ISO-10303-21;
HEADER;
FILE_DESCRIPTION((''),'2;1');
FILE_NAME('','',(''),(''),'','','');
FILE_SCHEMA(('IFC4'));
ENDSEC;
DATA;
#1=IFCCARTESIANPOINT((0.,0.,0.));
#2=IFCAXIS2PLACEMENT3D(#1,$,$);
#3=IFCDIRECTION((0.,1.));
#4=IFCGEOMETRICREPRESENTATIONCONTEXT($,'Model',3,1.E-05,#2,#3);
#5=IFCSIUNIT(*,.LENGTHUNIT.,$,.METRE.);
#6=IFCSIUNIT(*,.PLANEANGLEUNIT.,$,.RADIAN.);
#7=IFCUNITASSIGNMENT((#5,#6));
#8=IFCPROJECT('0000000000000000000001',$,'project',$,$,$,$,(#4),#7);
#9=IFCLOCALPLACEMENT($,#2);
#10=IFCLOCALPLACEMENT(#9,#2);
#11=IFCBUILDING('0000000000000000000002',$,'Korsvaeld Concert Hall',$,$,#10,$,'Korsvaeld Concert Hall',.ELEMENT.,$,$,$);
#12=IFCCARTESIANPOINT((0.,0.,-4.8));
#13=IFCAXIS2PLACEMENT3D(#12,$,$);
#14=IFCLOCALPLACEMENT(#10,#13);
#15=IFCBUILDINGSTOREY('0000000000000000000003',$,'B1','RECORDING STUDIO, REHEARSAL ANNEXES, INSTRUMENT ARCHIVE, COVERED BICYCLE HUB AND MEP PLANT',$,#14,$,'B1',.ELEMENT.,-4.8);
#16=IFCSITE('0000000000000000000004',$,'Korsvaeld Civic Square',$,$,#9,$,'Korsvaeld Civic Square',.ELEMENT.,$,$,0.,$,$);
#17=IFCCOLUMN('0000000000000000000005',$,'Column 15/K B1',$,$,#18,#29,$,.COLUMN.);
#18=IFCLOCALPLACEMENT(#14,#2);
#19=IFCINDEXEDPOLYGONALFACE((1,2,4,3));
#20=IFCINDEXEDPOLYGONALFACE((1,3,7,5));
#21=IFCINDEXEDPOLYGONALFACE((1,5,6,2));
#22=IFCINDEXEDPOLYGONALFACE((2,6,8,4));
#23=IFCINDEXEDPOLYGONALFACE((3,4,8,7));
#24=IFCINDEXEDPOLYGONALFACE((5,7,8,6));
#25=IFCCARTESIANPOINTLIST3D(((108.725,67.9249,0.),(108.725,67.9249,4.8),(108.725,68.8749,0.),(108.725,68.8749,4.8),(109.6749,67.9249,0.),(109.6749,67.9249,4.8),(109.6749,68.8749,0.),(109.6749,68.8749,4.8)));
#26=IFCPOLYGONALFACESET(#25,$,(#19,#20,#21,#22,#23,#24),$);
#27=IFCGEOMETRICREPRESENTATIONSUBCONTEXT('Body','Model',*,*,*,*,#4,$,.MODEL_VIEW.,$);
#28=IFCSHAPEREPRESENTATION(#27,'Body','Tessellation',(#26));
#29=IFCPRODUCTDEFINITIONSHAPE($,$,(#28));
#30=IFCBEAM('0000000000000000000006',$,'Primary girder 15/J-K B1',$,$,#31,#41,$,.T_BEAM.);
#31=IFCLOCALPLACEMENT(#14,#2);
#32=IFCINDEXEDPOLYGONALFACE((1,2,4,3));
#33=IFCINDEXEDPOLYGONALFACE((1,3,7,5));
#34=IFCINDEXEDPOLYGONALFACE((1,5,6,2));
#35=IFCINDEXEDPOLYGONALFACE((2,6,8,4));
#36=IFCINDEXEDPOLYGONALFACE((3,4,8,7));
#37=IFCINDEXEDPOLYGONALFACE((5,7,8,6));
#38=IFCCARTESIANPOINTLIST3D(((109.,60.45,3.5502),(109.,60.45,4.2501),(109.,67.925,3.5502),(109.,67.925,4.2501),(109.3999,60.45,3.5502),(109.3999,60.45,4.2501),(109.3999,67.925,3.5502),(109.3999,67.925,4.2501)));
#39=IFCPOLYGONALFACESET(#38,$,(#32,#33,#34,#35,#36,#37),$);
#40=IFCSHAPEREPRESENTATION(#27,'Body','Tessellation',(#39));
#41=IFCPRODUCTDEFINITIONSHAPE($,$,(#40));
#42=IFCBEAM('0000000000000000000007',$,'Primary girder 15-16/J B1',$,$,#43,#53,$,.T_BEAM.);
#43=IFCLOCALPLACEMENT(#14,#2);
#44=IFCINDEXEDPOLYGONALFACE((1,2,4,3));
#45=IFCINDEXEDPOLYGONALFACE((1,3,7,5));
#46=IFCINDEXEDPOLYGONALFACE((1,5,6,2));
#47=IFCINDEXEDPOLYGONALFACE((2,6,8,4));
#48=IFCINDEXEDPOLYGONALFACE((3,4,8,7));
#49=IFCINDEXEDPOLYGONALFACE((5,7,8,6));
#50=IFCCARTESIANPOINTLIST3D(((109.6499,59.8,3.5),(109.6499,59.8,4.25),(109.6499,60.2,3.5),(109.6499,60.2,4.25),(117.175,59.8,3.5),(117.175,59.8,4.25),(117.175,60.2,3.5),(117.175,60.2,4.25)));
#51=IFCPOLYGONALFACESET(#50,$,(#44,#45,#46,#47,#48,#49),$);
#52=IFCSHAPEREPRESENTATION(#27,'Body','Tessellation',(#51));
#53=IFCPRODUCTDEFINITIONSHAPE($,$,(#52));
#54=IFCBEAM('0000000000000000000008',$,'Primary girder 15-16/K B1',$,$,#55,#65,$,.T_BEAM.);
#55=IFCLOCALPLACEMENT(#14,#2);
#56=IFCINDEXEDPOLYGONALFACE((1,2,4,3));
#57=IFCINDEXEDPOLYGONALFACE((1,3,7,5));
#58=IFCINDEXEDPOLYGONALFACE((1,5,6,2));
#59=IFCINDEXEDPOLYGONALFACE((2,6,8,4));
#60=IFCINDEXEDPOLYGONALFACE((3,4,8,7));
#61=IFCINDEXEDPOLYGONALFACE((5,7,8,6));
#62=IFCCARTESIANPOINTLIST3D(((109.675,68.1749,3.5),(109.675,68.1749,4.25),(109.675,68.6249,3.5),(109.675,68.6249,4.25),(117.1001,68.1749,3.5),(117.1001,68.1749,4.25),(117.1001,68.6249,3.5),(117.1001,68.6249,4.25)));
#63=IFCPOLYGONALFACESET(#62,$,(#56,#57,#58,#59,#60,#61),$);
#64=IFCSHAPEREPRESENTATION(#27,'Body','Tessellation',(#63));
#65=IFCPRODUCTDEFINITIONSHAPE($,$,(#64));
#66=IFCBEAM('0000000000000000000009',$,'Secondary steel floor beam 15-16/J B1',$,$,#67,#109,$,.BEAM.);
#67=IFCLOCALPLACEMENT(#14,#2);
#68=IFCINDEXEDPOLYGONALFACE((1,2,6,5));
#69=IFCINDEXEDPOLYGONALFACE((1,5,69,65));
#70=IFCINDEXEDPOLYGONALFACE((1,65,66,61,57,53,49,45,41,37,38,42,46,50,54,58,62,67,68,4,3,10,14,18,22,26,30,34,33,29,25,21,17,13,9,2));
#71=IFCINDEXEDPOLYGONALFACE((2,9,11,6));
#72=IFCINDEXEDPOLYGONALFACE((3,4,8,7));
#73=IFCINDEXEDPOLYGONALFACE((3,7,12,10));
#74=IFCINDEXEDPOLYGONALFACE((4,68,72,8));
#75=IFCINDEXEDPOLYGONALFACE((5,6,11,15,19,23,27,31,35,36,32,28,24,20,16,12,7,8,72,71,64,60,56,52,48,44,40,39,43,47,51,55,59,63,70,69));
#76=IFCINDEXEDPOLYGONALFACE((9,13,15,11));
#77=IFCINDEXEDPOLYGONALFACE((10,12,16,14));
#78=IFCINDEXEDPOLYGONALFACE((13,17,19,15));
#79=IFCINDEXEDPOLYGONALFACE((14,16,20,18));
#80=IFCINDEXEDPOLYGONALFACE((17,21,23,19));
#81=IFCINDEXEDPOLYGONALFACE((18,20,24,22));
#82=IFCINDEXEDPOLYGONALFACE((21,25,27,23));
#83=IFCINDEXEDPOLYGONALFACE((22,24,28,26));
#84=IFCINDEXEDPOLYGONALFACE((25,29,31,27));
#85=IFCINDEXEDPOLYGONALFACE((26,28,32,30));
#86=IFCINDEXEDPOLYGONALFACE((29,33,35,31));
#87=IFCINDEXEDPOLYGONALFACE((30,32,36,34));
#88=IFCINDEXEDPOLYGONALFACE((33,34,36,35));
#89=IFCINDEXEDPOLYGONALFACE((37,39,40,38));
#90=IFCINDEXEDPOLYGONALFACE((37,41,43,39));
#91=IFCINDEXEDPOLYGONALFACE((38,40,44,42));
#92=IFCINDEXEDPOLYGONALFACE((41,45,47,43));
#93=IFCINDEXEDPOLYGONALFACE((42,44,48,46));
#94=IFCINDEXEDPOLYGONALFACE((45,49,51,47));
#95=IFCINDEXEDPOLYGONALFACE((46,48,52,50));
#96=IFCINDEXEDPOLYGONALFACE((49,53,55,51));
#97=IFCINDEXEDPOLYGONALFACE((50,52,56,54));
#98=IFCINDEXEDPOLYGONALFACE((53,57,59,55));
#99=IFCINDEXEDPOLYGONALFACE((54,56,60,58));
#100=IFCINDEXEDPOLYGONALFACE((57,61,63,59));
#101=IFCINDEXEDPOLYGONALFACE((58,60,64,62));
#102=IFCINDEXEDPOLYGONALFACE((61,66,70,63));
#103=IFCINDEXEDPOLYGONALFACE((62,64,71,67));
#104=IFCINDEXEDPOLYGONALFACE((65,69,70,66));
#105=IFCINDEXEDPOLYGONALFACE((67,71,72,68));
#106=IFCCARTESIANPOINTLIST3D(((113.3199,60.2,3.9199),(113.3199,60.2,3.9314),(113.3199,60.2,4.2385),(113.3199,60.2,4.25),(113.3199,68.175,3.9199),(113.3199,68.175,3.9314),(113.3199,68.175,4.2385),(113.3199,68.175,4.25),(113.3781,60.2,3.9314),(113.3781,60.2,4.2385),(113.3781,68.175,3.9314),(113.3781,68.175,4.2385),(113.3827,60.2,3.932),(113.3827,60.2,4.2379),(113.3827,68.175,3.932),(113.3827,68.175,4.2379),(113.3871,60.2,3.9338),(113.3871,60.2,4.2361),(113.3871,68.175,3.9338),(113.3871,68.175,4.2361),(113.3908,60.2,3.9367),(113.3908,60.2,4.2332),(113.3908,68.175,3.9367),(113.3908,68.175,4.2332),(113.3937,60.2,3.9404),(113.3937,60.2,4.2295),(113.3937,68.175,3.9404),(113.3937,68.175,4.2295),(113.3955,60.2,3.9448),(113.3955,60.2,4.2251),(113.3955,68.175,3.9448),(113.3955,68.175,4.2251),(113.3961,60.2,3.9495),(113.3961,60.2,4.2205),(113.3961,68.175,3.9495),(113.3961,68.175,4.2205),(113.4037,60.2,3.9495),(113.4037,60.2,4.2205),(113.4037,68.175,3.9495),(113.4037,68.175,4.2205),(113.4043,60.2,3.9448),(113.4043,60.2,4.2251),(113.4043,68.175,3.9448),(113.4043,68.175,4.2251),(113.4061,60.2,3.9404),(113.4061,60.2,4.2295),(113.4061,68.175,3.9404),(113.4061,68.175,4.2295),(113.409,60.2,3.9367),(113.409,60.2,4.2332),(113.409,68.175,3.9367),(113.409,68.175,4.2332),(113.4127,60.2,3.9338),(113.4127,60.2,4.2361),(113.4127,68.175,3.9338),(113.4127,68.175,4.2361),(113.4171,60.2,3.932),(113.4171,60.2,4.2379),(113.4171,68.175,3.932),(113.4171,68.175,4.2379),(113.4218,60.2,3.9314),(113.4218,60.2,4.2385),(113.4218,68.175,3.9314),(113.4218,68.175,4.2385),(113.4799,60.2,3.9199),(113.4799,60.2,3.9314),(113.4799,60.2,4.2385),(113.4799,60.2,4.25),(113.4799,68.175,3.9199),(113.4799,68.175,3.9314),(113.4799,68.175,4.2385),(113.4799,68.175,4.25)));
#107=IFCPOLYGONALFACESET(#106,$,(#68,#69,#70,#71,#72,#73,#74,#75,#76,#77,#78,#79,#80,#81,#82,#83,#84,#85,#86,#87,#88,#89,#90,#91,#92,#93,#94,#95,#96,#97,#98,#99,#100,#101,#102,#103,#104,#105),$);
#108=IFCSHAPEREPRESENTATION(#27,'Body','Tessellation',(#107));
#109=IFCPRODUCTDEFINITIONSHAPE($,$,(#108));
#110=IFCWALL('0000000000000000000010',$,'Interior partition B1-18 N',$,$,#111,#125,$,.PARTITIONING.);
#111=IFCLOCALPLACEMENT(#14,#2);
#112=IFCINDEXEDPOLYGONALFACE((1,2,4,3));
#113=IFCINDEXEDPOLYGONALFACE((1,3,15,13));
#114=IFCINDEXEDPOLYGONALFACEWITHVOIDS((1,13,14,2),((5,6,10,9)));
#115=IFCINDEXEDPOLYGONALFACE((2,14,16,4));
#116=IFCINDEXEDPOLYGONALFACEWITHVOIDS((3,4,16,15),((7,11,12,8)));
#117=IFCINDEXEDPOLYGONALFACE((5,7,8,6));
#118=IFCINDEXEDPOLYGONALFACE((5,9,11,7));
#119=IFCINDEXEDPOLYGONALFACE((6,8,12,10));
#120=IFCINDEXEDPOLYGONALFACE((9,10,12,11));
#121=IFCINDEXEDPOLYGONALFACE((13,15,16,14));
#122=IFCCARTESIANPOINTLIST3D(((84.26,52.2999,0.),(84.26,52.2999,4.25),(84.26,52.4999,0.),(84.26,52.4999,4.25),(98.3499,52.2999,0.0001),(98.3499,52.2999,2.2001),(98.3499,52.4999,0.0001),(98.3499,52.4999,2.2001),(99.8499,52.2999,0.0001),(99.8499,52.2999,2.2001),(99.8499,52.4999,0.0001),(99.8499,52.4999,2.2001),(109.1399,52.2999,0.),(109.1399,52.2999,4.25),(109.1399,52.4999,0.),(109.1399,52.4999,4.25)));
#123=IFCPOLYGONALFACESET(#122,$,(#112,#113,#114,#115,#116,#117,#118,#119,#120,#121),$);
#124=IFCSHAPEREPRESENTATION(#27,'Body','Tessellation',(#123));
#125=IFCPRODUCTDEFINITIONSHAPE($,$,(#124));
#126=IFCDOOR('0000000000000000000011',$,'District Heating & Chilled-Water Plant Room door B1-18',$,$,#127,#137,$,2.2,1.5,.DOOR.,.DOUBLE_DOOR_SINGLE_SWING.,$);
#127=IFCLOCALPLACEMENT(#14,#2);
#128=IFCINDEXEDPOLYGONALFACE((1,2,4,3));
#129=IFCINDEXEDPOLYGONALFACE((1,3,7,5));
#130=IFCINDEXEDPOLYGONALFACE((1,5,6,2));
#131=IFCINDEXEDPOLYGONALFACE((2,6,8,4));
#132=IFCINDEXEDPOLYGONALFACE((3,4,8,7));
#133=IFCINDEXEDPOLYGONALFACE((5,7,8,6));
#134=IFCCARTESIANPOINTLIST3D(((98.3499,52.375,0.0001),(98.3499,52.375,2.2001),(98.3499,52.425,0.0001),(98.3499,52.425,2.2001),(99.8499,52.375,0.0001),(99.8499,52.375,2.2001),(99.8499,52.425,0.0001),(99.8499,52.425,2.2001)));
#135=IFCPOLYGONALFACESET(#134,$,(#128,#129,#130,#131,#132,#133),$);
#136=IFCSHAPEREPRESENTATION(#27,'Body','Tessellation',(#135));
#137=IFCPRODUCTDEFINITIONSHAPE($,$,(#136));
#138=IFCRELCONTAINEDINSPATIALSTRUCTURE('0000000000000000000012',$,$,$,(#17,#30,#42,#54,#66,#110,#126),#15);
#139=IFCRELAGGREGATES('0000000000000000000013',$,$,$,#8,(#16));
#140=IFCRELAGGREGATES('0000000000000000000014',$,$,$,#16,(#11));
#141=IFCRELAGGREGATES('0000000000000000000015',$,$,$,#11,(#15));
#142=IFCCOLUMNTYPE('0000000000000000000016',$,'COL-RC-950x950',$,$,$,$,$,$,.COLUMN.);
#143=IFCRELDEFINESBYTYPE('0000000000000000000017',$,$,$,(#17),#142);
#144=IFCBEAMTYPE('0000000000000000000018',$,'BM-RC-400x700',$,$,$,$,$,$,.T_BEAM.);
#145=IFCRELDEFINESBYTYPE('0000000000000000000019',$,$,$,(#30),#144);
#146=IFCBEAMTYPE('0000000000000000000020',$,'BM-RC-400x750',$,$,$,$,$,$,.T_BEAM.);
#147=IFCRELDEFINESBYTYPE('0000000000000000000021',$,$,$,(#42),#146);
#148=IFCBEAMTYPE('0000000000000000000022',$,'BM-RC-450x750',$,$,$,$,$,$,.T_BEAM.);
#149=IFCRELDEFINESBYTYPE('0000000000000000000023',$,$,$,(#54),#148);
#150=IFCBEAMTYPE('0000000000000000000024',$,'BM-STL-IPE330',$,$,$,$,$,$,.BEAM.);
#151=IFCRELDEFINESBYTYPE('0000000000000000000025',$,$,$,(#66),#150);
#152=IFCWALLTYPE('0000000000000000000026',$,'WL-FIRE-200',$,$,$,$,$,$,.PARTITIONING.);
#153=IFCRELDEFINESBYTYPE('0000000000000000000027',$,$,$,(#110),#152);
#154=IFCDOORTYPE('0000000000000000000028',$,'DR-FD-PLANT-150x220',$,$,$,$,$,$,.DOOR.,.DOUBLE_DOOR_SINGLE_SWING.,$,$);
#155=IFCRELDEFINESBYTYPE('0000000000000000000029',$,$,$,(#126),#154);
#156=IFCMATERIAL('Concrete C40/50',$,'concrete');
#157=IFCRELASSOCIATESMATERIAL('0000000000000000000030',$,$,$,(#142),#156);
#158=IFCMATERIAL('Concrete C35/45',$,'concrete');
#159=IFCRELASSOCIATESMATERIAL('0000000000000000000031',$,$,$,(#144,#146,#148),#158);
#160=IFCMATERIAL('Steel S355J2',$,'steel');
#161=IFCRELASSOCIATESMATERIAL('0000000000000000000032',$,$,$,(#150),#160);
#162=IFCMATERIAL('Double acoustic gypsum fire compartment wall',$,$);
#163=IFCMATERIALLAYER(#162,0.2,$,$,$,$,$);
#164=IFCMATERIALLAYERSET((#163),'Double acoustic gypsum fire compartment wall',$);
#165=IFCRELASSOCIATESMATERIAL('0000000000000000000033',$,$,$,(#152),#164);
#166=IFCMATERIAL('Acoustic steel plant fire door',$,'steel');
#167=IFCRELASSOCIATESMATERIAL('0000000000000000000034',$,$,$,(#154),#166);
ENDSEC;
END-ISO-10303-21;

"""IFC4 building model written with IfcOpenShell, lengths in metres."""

from ifc_helpers import new_model, si_unit, direction, frame, frame_2d, origin, origin_2d, place, context, subcontext, project, spatial, rectangle, i_section, extrude, material, layer, layer_set, material_profile, profile_set, type_object, element, fill, save


model = new_model("IFC4")

# Units and contexts
model_context = context("Model", 3, precision=1e-05, world=origin(), true_north=direction((0.0, 1.0)))
body_context = subcontext(model_context, "Body", "Model", "MODEL_VIEW")
ifc_project = project(units=[si_unit("LENGTHUNIT", "METRE"), si_unit("PLANEANGLEUNIT", "RADIAN")], contexts=[model_context])

# Site, building, storey
site_placement = place(None, origin())
site = spatial("IfcSite", under=ifc_project, at=site_placement, Name="Korsvaeld Civic Square", LongName="Korsvaeld Civic Square", CompositionType="ELEMENT", RefElevation=0.0)
building_placement = place(site_placement, origin())
building = spatial("IfcBuilding", under=site, at=building_placement, Name="Korsvaeld Concert Hall", LongName="Korsvaeld Concert Hall", CompositionType="ELEMENT")
storey_placement = place(building_placement, frame((0.0, 0.0, -4.8)))
storey = spatial("IfcBuildingStorey", under=building, at=storey_placement, Name="B1", Description="RECORDING STUDIO, REHEARSAL ANNEXES, INSTRUMENT ARCHIVE, COVERED BICYCLE HUB AND MEP PLANT", LongName="B1", CompositionType="ELEMENT", Elevation=-4.8)

# Shared definitions
ifc_material_1 = material(Name="Concrete C35/45", Category="concrete")

# Shared definitions
ifc_material_2 = material(Name="Concrete C40/50", Category="concrete")

# Column
ifc_material_profile_1 = material_profile(ifc_material_2, rectangle(XDim=0.95, YDim=0.95, at=origin_2d()), Name="RC 950x950")
ifc_profile_set_1 = profile_set([ifc_material_profile_1], Name="Concrete C40/50")
column_type_1 = type_object("IfcColumnType", Name="COL-RC-950x950", PredefinedType="COLUMN", material=ifc_profile_set_1)
column_1_placement = place(storey_placement, frame((109.2, 68.3999, 0.0), z_axis=(0.0, 0.0, 1.0), x_axis=(1.0, 0.0, 0.0)))
element("IfcColumn", 1, at=column_1_placement, inside=storey, type_object=column_type_1, Name="Column 15/K B1", PredefinedType="COLUMN", context=body_context, shape_type="SweptSolid", body=[
    extrude(rectangle(XDim=0.95, YDim=0.95, at=origin_2d()), origin(), (0.0, 0.0, 1.0), 4.8),
])

# Beams
ifc_material_profile_2 = material_profile(ifc_material_1, rectangle(XDim=0.3999, YDim=0.7, at=origin_2d()), Name="RC 400x700")
ifc_profile_set_2 = profile_set([ifc_material_profile_2], Name="Concrete C35/45")
beam_type_1 = type_object("IfcBeamType", Name="BM-RC-400x700", PredefinedType="T_BEAM", material=ifc_profile_set_2)
beam_1_placement = place(storey_placement, frame((109.2, 60.45, 3.9001), z_axis=(0.0, 1.0, 0.0), x_axis=(-1.0, 0.0, 0.0)))
element("IfcBeam", 2, at=beam_1_placement, inside=storey, type_object=beam_type_1, Name="Primary girder 15/J-K B1", PredefinedType="T_BEAM", context=body_context, shape_type="SweptSolid", body=[
    extrude(rectangle(XDim=0.3999, YDim=0.7, at=origin_2d()), origin(), (0.0, 0.0, 1.0), 7.4751),
])
ifc_material_profile_3 = material_profile(ifc_material_1, rectangle(XDim=0.3999, YDim=0.75, at=origin_2d()), Name="RC 400x750")
ifc_profile_set_3 = profile_set([ifc_material_profile_3], Name="Concrete C35/45")
beam_type_2 = type_object("IfcBeamType", Name="BM-RC-400x750", PredefinedType="T_BEAM", material=ifc_profile_set_3)
beam_2_placement = place(storey_placement, frame((109.6499, 60.0, 3.875), z_axis=(1.0, 0.0, 0.0), x_axis=(0.0, 1.0, 0.0)))
element("IfcBeam", 3, at=beam_2_placement, inside=storey, type_object=beam_type_2, Name="Primary girder 15-16/J B1", PredefinedType="T_BEAM", context=body_context, shape_type="SweptSolid", body=[
    extrude(rectangle(XDim=0.3999, YDim=0.75, at=origin_2d()), origin(), (0.0, 0.0, 1.0), 7.5251),
])
ifc_material_profile_4 = material_profile(ifc_material_1, rectangle(XDim=0.45, YDim=0.75, at=origin_2d()), Name="RC 450x750")
ifc_profile_set_4 = profile_set([ifc_material_profile_4], Name="Concrete C35/45")
beam_type_3 = type_object("IfcBeamType", Name="BM-RC-450x750", PredefinedType="T_BEAM", material=ifc_profile_set_4)
beam_3_placement = place(storey_placement, frame((109.675, 68.3999, 3.875), z_axis=(1.0, 0.0, 0.0), x_axis=(0.0, 1.0, 0.0)))
element("IfcBeam", 4, at=beam_3_placement, inside=storey, type_object=beam_type_3, Name="Primary girder 15-16/K B1", PredefinedType="T_BEAM", context=body_context, shape_type="SweptSolid", body=[
    extrude(rectangle(XDim=0.45, YDim=0.75, at=origin_2d()), origin(), (0.0, 0.0, 1.0), 7.425),
])
ifc_material_3 = material(Name="Steel S355J2", Category="steel")
ifc_material_profile_5 = material_profile(ifc_material_3, i_section(OverallWidth=0.1599, OverallDepth=0.3301, WebThickness=0.0076, FlangeThickness=0.0115, FilletRadius=0.0181, at=origin_2d()), Name="IPE 330")
ifc_profile_set_5 = profile_set([ifc_material_profile_5], Name="Steel S355J2")
beam_type_4 = type_object("IfcBeamType", Name="BM-STL-IPE330", PredefinedType="BEAM", material=ifc_profile_set_5)
beam_4_placement = place(storey_placement, frame((113.3999, 60.2, 4.085), z_axis=(0.0, 1.0, 0.0), x_axis=(-1.0, 0.0, 0.0)))
element("IfcBeam", 5, at=beam_4_placement, inside=storey, type_object=beam_type_4, Name="Secondary steel floor beam 15-16/J B1", PredefinedType="BEAM", context=body_context, shape_type="SweptSolid", body=[
    extrude(i_section(OverallWidth=0.1599, OverallDepth=0.3301, WebThickness=0.0076, FlangeThickness=0.0115, FilletRadius=0.0181, at=origin_2d()), origin(), (0.0, 0.0, 1.0), 7.9751),
])

# Wall, opening, door
ifc_material_4 = material(Name="Double acoustic gypsum fire compartment wall")
ifc_layer = layer(ifc_material_4, 0.2)
ifc_layer_set = layer_set([ifc_layer], Name="Double acoustic gypsum fire compartment wall")
wall_type = type_object("IfcWallType", Name="WL-FIRE-200", PredefinedType="PARTITIONING", material=ifc_layer_set)
wall_placement = place(storey_placement, frame((109.1399, 52.3999, 0.0), z_axis=(0.0, 0.0, 1.0), x_axis=(-1.0, 0.0, 0.0)))
wall = element("IfcWall", 6, at=wall_placement, inside=storey, type_object=wall_type, Name="Interior partition B1-18 N", PredefinedType="PARTITIONING", context=body_context, shape_type="SweptSolid", body=[
    extrude(rectangle(XDim=24.8799, YDim=0.2, at=frame_2d((12.4399, 0.0))), origin(), (0.0, 0.0, 1.0), 4.25),
])
opening_placement = place(wall_placement, frame((9.29, 0.0, 0.0)))
opening = element("IfcOpeningElement", 7, at=opening_placement, cuts=wall, PredefinedType="OPENING", context=body_context, shape_type="SweptSolid", body=[
    extrude(rectangle(XDim=1.5, YDim=2.2, at=frame_2d((0.75, 1.1001))), frame((0.0, 0.1099, 0.0), z_axis=(0.0, -1.0, 0.0), x_axis=(1.0, 0.0, 0.0)), (0.0, 0.0, 1.0), 0.22),
])
ifc_material_5 = material(Name="Acoustic steel plant fire door", Category="steel")
door_type = type_object("IfcDoorType", Name="DR-FD-PLANT-150x220", OperationType="DOUBLE_DOOR_SINGLE_SWING", PredefinedType="DOOR", material=ifc_material_5)
door_placement = place(opening_placement, origin())
door = element("IfcDoor", 8, at=door_placement, inside=storey, type_object=door_type, Name="District Heating & Chilled-Water Plant Room door B1-18", OperationType="DOUBLE_DOOR_SINGLE_SWING", OverallHeight=2.2, OverallWidth=1.5, PredefinedType="DOOR", context=body_context, shape_type="SweptSolid", body=[
    extrude(rectangle(XDim=1.5, YDim=2.2, at=frame_2d((0.75, 1.1001))), frame((0.0, 0.0249, 0.0), z_axis=(0.0, -1.0, 0.0), x_axis=(1.0, 0.0, 0.0)), (0.0, 0.0, 1.0), 0.05),
])
fill(opening, door)

save(model, "model.ifc")
